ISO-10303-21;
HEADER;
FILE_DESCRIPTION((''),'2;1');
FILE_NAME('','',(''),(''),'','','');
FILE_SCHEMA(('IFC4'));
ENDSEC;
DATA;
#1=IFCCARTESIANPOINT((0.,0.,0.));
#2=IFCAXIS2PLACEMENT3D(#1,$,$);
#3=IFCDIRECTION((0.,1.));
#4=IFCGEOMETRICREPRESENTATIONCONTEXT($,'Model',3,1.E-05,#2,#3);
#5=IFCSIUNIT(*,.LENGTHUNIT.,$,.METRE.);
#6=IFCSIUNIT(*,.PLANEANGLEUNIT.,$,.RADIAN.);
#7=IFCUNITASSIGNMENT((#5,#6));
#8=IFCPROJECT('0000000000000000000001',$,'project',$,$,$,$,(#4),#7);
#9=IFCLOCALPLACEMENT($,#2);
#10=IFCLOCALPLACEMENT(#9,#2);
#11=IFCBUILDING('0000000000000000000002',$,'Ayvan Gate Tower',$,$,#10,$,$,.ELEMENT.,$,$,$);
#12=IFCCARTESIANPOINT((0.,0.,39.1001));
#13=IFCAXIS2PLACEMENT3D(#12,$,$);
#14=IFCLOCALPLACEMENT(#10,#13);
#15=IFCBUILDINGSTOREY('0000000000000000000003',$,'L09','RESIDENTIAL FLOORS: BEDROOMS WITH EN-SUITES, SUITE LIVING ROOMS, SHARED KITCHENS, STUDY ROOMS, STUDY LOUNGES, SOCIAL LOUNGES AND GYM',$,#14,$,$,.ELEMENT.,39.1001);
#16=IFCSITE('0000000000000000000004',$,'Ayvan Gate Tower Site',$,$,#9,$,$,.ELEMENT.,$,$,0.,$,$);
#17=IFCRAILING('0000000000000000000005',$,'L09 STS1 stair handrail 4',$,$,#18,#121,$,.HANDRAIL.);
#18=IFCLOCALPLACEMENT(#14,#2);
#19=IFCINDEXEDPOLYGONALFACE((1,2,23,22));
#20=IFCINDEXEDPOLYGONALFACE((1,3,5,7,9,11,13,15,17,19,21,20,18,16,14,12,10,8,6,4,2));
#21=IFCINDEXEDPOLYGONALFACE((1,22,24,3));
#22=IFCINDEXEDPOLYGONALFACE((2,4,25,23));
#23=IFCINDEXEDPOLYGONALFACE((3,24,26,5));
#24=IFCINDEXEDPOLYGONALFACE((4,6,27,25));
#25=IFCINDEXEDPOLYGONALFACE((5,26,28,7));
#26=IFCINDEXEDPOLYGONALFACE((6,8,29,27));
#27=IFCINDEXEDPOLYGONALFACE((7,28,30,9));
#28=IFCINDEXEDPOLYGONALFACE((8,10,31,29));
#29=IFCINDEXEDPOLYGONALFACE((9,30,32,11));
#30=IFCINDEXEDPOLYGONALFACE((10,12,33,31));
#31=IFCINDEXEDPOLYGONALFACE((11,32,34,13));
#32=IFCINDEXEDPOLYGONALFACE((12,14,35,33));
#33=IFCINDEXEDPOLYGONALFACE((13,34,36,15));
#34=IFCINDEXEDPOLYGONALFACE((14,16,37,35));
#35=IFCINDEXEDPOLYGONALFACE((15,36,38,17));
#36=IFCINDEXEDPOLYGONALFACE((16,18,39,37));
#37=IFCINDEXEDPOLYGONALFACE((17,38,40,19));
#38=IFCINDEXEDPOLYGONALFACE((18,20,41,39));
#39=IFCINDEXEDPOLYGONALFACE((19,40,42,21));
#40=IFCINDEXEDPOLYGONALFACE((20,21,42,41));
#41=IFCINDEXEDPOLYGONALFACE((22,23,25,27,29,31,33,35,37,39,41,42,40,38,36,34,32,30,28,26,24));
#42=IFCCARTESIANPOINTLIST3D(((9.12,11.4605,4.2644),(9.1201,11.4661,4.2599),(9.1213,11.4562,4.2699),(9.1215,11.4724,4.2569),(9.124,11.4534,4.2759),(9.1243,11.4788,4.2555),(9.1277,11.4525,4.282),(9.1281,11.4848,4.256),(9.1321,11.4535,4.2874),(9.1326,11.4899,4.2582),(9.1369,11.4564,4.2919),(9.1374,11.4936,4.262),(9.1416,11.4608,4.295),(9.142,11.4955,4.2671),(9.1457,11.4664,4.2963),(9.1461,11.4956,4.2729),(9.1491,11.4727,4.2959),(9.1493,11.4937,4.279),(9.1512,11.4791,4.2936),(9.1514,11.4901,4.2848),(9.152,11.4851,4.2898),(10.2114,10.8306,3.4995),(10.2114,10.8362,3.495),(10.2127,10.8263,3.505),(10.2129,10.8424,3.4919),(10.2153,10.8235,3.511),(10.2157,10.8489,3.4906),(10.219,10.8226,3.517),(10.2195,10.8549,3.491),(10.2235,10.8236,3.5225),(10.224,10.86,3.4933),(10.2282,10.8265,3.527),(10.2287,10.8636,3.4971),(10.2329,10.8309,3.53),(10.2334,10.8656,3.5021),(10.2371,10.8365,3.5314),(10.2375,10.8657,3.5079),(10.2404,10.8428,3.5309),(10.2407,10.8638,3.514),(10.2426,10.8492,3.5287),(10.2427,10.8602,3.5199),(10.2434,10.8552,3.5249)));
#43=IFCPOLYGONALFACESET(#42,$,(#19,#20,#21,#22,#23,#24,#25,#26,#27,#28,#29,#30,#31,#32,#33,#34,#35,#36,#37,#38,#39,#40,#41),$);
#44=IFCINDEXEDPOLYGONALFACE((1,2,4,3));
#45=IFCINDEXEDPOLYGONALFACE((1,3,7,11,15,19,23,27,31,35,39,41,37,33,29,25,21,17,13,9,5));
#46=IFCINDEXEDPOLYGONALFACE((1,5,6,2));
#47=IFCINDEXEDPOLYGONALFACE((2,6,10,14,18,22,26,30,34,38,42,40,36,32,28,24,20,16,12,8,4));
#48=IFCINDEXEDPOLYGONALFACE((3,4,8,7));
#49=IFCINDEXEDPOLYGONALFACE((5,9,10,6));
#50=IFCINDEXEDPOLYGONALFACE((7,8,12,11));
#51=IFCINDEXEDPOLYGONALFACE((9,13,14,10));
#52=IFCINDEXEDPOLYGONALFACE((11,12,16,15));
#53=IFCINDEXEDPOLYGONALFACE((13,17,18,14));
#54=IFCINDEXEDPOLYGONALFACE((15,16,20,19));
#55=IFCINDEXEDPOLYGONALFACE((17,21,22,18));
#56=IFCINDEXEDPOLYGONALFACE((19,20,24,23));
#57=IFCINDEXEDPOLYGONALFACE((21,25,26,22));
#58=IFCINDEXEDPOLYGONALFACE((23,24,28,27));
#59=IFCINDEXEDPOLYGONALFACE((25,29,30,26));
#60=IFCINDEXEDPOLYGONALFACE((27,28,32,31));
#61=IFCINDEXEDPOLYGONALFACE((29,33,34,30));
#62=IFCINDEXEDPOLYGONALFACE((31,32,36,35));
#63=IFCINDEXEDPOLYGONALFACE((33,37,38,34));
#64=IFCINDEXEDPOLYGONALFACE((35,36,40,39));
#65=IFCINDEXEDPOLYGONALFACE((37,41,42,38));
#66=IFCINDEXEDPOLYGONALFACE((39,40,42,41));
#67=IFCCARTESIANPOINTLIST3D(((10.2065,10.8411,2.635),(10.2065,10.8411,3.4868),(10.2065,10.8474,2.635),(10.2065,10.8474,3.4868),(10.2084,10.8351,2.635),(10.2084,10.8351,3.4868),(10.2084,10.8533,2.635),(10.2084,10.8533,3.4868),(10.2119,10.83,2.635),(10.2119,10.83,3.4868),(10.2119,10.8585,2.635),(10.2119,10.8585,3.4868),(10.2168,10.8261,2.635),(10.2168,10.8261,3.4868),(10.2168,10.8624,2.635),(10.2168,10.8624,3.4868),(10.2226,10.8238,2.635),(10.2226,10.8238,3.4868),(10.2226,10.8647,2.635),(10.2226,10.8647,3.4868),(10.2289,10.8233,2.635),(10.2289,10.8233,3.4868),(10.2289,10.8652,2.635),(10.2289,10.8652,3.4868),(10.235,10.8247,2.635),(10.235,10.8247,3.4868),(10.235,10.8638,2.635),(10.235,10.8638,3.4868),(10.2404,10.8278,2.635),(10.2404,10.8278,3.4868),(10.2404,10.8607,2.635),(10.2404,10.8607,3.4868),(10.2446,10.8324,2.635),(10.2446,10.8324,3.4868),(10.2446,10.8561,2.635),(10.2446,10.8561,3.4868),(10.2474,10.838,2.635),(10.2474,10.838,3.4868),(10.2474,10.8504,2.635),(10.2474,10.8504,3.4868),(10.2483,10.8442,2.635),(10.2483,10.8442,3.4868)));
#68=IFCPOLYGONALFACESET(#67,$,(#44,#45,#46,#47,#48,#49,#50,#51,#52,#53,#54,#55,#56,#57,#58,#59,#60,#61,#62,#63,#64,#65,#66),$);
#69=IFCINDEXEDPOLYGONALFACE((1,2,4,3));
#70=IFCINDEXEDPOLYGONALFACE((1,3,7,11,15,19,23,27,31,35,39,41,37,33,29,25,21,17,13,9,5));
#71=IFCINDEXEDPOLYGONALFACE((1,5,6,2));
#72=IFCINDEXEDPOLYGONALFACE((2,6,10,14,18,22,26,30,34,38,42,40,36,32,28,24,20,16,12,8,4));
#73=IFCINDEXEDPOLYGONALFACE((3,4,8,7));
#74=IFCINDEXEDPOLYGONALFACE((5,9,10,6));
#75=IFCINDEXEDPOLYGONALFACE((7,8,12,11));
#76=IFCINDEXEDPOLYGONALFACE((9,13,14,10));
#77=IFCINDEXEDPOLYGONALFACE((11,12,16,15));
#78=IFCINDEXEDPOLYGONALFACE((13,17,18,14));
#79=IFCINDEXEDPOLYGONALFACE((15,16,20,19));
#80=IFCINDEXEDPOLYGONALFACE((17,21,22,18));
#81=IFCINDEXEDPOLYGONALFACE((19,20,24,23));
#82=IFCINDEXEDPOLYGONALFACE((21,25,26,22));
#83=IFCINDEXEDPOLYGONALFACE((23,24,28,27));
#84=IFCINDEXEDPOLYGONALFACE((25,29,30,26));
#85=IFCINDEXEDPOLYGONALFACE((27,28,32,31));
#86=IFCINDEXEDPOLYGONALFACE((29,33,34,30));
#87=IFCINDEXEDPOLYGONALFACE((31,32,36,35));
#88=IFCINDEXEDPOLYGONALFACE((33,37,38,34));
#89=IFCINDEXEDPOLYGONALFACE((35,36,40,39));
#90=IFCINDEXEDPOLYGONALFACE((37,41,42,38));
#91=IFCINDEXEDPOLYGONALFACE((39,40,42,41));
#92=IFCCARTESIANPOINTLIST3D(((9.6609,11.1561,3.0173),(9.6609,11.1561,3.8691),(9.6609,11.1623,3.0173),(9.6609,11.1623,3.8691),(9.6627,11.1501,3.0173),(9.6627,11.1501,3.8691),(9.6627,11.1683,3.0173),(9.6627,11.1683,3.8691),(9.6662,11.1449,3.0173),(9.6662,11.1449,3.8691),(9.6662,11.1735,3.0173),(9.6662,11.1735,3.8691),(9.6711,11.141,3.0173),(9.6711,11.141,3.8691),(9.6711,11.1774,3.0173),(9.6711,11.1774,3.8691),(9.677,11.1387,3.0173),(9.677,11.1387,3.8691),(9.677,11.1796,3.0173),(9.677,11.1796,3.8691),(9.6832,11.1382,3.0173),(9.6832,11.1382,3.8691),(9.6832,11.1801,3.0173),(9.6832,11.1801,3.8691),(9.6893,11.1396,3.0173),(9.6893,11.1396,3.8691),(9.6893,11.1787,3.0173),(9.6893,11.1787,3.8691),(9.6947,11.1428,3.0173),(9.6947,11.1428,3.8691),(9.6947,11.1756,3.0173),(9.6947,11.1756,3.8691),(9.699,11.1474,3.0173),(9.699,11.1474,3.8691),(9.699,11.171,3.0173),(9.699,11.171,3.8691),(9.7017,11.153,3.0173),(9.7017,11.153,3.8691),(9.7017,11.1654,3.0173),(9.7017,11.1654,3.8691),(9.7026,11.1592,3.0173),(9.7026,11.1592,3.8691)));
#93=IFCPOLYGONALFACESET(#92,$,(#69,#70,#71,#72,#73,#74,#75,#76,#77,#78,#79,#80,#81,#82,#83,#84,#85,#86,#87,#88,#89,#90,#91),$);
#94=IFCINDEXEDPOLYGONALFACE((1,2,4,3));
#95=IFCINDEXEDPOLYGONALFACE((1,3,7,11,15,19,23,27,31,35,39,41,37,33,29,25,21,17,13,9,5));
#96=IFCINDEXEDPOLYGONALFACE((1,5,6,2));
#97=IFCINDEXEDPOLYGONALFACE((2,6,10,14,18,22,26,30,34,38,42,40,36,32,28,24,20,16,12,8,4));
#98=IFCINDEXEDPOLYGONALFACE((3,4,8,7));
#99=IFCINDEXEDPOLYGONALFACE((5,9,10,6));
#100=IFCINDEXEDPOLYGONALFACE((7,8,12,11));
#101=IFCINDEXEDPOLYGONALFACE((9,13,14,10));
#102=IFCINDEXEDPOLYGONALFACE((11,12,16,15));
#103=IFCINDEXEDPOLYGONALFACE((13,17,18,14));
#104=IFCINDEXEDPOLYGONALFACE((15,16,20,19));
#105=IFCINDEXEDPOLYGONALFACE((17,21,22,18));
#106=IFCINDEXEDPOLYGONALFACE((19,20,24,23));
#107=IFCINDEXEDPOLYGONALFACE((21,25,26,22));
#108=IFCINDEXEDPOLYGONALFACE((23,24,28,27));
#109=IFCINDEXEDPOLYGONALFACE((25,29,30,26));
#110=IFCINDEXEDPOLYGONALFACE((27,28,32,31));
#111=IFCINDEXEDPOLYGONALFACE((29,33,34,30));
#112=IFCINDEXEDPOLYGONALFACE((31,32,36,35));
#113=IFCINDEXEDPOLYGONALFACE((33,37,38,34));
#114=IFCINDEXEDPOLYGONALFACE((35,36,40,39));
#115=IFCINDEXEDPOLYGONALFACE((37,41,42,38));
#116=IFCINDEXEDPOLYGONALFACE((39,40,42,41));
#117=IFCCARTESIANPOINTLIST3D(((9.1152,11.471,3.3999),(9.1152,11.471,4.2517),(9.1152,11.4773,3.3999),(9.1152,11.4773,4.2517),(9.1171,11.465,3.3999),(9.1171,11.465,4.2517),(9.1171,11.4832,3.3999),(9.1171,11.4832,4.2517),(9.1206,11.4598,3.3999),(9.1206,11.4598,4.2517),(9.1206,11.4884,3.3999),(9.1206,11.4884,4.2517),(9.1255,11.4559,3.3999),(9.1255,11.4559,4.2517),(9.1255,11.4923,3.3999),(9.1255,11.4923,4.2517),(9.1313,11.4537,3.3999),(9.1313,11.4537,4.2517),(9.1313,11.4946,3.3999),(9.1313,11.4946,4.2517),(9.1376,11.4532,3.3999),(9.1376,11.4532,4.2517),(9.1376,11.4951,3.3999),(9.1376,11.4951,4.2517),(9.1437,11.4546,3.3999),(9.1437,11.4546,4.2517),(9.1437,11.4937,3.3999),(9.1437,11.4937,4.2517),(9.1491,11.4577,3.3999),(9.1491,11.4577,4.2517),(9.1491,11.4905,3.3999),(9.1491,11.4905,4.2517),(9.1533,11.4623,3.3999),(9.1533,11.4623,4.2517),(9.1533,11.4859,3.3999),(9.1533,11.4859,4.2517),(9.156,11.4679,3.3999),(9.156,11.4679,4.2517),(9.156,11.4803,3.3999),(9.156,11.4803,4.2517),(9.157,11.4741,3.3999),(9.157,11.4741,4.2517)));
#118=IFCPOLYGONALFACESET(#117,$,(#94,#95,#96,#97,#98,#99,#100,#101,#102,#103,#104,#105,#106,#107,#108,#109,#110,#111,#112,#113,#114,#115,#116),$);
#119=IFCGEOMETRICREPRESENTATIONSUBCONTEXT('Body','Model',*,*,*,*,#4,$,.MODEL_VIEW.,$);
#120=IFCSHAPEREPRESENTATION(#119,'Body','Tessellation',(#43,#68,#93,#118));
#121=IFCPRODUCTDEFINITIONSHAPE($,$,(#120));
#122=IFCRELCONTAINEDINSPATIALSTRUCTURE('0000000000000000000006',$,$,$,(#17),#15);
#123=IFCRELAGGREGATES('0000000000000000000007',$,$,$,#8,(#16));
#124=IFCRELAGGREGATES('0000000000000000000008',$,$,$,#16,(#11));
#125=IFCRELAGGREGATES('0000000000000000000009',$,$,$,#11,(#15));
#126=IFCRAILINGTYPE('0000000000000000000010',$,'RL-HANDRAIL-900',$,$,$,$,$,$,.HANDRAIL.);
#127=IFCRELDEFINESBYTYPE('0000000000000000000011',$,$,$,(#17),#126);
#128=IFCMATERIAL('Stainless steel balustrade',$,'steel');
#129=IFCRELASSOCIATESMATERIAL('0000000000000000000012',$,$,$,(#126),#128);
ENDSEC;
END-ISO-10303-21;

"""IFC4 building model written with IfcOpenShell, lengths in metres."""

from ifc_helpers import new_model, si_unit, direction, frame, origin, origin_2d, place, context, subcontext, project, spatial, circle, extrude, material, type_object, element, save


model = new_model("IFC4")

# Units and contexts
model_context = context("Model", 3, precision=1e-05, world=origin(), true_north=direction((0.0, 1.0)))
body_context = subcontext(model_context, "Body", "Model", "MODEL_VIEW")
ifc_project = project(units=[si_unit("LENGTHUNIT", "METRE"), si_unit("PLANEANGLEUNIT", "RADIAN")], contexts=[model_context])

# Site, building, storey
site_placement = place(None, origin())
site = spatial("IfcSite", under=ifc_project, at=site_placement, Name="Ayvan Gate Tower Site", CompositionType="ELEMENT", RefElevation=0.0)
building_placement = place(site_placement, origin())
building = spatial("IfcBuilding", under=site, at=building_placement, Name="Ayvan Gate Tower", CompositionType="ELEMENT")
storey_placement = place(building_placement, frame((0.0, 0.0, 39.1001)))
storey = spatial("IfcBuildingStorey", under=building, at=storey_placement, Name="L09", Description="RESIDENTIAL FLOORS: BEDROOMS WITH EN-SUITES, SUITE LIVING ROOMS, SHARED KITCHENS, STUDY ROOMS, STUDY LOUNGES, SOCIAL LOUNGES AND GYM", CompositionType="ELEMENT", Elevation=39.1001)

# Railing
ifc_material_1 = material(Name="Stainless steel balustrade", Category="steel")
railing_type_1 = type_object("IfcRailingType", Name="RL-HANDRAIL-900", PredefinedType="HANDRAIL", material=ifc_material_1)
railing_1_placement = place(storey_placement, frame((10.2273, 10.8442, 2.635)))
element("IfcRailing", 1, at=railing_1_placement, inside=storey, type_object=railing_type_1, Name="L09 STS1 stair handrail 4", PredefinedType="HANDRAIL", context=body_context, shape_type="SweptSolid", body=[
    extrude(circle(Radius=0.0239, at=origin_2d()), frame((0.0, 0.0, 0.876), z_axis=(-0.740357, 0.42732, 0.518912), x_axis=(-0.49989, -0.866089, 0.0)), (0.0, 0.0, 1.0), 1.4741),
    extrude(circle(Radius=0.021, at=origin_2d()), origin(), (0.0, 0.0, 1.0), 0.8518),
    extrude(circle(Radius=0.021, at=origin_2d()), frame((-0.5457, 0.3149, 0.3823)), (0.0, 0.0, 1.0), 0.8518),
    extrude(circle(Radius=0.021, at=origin_2d()), frame((-1.0913, 0.6299, 0.7649)), (0.0, 0.0, 1.0), 0.8518),
])

save(model, "model.ifc")
